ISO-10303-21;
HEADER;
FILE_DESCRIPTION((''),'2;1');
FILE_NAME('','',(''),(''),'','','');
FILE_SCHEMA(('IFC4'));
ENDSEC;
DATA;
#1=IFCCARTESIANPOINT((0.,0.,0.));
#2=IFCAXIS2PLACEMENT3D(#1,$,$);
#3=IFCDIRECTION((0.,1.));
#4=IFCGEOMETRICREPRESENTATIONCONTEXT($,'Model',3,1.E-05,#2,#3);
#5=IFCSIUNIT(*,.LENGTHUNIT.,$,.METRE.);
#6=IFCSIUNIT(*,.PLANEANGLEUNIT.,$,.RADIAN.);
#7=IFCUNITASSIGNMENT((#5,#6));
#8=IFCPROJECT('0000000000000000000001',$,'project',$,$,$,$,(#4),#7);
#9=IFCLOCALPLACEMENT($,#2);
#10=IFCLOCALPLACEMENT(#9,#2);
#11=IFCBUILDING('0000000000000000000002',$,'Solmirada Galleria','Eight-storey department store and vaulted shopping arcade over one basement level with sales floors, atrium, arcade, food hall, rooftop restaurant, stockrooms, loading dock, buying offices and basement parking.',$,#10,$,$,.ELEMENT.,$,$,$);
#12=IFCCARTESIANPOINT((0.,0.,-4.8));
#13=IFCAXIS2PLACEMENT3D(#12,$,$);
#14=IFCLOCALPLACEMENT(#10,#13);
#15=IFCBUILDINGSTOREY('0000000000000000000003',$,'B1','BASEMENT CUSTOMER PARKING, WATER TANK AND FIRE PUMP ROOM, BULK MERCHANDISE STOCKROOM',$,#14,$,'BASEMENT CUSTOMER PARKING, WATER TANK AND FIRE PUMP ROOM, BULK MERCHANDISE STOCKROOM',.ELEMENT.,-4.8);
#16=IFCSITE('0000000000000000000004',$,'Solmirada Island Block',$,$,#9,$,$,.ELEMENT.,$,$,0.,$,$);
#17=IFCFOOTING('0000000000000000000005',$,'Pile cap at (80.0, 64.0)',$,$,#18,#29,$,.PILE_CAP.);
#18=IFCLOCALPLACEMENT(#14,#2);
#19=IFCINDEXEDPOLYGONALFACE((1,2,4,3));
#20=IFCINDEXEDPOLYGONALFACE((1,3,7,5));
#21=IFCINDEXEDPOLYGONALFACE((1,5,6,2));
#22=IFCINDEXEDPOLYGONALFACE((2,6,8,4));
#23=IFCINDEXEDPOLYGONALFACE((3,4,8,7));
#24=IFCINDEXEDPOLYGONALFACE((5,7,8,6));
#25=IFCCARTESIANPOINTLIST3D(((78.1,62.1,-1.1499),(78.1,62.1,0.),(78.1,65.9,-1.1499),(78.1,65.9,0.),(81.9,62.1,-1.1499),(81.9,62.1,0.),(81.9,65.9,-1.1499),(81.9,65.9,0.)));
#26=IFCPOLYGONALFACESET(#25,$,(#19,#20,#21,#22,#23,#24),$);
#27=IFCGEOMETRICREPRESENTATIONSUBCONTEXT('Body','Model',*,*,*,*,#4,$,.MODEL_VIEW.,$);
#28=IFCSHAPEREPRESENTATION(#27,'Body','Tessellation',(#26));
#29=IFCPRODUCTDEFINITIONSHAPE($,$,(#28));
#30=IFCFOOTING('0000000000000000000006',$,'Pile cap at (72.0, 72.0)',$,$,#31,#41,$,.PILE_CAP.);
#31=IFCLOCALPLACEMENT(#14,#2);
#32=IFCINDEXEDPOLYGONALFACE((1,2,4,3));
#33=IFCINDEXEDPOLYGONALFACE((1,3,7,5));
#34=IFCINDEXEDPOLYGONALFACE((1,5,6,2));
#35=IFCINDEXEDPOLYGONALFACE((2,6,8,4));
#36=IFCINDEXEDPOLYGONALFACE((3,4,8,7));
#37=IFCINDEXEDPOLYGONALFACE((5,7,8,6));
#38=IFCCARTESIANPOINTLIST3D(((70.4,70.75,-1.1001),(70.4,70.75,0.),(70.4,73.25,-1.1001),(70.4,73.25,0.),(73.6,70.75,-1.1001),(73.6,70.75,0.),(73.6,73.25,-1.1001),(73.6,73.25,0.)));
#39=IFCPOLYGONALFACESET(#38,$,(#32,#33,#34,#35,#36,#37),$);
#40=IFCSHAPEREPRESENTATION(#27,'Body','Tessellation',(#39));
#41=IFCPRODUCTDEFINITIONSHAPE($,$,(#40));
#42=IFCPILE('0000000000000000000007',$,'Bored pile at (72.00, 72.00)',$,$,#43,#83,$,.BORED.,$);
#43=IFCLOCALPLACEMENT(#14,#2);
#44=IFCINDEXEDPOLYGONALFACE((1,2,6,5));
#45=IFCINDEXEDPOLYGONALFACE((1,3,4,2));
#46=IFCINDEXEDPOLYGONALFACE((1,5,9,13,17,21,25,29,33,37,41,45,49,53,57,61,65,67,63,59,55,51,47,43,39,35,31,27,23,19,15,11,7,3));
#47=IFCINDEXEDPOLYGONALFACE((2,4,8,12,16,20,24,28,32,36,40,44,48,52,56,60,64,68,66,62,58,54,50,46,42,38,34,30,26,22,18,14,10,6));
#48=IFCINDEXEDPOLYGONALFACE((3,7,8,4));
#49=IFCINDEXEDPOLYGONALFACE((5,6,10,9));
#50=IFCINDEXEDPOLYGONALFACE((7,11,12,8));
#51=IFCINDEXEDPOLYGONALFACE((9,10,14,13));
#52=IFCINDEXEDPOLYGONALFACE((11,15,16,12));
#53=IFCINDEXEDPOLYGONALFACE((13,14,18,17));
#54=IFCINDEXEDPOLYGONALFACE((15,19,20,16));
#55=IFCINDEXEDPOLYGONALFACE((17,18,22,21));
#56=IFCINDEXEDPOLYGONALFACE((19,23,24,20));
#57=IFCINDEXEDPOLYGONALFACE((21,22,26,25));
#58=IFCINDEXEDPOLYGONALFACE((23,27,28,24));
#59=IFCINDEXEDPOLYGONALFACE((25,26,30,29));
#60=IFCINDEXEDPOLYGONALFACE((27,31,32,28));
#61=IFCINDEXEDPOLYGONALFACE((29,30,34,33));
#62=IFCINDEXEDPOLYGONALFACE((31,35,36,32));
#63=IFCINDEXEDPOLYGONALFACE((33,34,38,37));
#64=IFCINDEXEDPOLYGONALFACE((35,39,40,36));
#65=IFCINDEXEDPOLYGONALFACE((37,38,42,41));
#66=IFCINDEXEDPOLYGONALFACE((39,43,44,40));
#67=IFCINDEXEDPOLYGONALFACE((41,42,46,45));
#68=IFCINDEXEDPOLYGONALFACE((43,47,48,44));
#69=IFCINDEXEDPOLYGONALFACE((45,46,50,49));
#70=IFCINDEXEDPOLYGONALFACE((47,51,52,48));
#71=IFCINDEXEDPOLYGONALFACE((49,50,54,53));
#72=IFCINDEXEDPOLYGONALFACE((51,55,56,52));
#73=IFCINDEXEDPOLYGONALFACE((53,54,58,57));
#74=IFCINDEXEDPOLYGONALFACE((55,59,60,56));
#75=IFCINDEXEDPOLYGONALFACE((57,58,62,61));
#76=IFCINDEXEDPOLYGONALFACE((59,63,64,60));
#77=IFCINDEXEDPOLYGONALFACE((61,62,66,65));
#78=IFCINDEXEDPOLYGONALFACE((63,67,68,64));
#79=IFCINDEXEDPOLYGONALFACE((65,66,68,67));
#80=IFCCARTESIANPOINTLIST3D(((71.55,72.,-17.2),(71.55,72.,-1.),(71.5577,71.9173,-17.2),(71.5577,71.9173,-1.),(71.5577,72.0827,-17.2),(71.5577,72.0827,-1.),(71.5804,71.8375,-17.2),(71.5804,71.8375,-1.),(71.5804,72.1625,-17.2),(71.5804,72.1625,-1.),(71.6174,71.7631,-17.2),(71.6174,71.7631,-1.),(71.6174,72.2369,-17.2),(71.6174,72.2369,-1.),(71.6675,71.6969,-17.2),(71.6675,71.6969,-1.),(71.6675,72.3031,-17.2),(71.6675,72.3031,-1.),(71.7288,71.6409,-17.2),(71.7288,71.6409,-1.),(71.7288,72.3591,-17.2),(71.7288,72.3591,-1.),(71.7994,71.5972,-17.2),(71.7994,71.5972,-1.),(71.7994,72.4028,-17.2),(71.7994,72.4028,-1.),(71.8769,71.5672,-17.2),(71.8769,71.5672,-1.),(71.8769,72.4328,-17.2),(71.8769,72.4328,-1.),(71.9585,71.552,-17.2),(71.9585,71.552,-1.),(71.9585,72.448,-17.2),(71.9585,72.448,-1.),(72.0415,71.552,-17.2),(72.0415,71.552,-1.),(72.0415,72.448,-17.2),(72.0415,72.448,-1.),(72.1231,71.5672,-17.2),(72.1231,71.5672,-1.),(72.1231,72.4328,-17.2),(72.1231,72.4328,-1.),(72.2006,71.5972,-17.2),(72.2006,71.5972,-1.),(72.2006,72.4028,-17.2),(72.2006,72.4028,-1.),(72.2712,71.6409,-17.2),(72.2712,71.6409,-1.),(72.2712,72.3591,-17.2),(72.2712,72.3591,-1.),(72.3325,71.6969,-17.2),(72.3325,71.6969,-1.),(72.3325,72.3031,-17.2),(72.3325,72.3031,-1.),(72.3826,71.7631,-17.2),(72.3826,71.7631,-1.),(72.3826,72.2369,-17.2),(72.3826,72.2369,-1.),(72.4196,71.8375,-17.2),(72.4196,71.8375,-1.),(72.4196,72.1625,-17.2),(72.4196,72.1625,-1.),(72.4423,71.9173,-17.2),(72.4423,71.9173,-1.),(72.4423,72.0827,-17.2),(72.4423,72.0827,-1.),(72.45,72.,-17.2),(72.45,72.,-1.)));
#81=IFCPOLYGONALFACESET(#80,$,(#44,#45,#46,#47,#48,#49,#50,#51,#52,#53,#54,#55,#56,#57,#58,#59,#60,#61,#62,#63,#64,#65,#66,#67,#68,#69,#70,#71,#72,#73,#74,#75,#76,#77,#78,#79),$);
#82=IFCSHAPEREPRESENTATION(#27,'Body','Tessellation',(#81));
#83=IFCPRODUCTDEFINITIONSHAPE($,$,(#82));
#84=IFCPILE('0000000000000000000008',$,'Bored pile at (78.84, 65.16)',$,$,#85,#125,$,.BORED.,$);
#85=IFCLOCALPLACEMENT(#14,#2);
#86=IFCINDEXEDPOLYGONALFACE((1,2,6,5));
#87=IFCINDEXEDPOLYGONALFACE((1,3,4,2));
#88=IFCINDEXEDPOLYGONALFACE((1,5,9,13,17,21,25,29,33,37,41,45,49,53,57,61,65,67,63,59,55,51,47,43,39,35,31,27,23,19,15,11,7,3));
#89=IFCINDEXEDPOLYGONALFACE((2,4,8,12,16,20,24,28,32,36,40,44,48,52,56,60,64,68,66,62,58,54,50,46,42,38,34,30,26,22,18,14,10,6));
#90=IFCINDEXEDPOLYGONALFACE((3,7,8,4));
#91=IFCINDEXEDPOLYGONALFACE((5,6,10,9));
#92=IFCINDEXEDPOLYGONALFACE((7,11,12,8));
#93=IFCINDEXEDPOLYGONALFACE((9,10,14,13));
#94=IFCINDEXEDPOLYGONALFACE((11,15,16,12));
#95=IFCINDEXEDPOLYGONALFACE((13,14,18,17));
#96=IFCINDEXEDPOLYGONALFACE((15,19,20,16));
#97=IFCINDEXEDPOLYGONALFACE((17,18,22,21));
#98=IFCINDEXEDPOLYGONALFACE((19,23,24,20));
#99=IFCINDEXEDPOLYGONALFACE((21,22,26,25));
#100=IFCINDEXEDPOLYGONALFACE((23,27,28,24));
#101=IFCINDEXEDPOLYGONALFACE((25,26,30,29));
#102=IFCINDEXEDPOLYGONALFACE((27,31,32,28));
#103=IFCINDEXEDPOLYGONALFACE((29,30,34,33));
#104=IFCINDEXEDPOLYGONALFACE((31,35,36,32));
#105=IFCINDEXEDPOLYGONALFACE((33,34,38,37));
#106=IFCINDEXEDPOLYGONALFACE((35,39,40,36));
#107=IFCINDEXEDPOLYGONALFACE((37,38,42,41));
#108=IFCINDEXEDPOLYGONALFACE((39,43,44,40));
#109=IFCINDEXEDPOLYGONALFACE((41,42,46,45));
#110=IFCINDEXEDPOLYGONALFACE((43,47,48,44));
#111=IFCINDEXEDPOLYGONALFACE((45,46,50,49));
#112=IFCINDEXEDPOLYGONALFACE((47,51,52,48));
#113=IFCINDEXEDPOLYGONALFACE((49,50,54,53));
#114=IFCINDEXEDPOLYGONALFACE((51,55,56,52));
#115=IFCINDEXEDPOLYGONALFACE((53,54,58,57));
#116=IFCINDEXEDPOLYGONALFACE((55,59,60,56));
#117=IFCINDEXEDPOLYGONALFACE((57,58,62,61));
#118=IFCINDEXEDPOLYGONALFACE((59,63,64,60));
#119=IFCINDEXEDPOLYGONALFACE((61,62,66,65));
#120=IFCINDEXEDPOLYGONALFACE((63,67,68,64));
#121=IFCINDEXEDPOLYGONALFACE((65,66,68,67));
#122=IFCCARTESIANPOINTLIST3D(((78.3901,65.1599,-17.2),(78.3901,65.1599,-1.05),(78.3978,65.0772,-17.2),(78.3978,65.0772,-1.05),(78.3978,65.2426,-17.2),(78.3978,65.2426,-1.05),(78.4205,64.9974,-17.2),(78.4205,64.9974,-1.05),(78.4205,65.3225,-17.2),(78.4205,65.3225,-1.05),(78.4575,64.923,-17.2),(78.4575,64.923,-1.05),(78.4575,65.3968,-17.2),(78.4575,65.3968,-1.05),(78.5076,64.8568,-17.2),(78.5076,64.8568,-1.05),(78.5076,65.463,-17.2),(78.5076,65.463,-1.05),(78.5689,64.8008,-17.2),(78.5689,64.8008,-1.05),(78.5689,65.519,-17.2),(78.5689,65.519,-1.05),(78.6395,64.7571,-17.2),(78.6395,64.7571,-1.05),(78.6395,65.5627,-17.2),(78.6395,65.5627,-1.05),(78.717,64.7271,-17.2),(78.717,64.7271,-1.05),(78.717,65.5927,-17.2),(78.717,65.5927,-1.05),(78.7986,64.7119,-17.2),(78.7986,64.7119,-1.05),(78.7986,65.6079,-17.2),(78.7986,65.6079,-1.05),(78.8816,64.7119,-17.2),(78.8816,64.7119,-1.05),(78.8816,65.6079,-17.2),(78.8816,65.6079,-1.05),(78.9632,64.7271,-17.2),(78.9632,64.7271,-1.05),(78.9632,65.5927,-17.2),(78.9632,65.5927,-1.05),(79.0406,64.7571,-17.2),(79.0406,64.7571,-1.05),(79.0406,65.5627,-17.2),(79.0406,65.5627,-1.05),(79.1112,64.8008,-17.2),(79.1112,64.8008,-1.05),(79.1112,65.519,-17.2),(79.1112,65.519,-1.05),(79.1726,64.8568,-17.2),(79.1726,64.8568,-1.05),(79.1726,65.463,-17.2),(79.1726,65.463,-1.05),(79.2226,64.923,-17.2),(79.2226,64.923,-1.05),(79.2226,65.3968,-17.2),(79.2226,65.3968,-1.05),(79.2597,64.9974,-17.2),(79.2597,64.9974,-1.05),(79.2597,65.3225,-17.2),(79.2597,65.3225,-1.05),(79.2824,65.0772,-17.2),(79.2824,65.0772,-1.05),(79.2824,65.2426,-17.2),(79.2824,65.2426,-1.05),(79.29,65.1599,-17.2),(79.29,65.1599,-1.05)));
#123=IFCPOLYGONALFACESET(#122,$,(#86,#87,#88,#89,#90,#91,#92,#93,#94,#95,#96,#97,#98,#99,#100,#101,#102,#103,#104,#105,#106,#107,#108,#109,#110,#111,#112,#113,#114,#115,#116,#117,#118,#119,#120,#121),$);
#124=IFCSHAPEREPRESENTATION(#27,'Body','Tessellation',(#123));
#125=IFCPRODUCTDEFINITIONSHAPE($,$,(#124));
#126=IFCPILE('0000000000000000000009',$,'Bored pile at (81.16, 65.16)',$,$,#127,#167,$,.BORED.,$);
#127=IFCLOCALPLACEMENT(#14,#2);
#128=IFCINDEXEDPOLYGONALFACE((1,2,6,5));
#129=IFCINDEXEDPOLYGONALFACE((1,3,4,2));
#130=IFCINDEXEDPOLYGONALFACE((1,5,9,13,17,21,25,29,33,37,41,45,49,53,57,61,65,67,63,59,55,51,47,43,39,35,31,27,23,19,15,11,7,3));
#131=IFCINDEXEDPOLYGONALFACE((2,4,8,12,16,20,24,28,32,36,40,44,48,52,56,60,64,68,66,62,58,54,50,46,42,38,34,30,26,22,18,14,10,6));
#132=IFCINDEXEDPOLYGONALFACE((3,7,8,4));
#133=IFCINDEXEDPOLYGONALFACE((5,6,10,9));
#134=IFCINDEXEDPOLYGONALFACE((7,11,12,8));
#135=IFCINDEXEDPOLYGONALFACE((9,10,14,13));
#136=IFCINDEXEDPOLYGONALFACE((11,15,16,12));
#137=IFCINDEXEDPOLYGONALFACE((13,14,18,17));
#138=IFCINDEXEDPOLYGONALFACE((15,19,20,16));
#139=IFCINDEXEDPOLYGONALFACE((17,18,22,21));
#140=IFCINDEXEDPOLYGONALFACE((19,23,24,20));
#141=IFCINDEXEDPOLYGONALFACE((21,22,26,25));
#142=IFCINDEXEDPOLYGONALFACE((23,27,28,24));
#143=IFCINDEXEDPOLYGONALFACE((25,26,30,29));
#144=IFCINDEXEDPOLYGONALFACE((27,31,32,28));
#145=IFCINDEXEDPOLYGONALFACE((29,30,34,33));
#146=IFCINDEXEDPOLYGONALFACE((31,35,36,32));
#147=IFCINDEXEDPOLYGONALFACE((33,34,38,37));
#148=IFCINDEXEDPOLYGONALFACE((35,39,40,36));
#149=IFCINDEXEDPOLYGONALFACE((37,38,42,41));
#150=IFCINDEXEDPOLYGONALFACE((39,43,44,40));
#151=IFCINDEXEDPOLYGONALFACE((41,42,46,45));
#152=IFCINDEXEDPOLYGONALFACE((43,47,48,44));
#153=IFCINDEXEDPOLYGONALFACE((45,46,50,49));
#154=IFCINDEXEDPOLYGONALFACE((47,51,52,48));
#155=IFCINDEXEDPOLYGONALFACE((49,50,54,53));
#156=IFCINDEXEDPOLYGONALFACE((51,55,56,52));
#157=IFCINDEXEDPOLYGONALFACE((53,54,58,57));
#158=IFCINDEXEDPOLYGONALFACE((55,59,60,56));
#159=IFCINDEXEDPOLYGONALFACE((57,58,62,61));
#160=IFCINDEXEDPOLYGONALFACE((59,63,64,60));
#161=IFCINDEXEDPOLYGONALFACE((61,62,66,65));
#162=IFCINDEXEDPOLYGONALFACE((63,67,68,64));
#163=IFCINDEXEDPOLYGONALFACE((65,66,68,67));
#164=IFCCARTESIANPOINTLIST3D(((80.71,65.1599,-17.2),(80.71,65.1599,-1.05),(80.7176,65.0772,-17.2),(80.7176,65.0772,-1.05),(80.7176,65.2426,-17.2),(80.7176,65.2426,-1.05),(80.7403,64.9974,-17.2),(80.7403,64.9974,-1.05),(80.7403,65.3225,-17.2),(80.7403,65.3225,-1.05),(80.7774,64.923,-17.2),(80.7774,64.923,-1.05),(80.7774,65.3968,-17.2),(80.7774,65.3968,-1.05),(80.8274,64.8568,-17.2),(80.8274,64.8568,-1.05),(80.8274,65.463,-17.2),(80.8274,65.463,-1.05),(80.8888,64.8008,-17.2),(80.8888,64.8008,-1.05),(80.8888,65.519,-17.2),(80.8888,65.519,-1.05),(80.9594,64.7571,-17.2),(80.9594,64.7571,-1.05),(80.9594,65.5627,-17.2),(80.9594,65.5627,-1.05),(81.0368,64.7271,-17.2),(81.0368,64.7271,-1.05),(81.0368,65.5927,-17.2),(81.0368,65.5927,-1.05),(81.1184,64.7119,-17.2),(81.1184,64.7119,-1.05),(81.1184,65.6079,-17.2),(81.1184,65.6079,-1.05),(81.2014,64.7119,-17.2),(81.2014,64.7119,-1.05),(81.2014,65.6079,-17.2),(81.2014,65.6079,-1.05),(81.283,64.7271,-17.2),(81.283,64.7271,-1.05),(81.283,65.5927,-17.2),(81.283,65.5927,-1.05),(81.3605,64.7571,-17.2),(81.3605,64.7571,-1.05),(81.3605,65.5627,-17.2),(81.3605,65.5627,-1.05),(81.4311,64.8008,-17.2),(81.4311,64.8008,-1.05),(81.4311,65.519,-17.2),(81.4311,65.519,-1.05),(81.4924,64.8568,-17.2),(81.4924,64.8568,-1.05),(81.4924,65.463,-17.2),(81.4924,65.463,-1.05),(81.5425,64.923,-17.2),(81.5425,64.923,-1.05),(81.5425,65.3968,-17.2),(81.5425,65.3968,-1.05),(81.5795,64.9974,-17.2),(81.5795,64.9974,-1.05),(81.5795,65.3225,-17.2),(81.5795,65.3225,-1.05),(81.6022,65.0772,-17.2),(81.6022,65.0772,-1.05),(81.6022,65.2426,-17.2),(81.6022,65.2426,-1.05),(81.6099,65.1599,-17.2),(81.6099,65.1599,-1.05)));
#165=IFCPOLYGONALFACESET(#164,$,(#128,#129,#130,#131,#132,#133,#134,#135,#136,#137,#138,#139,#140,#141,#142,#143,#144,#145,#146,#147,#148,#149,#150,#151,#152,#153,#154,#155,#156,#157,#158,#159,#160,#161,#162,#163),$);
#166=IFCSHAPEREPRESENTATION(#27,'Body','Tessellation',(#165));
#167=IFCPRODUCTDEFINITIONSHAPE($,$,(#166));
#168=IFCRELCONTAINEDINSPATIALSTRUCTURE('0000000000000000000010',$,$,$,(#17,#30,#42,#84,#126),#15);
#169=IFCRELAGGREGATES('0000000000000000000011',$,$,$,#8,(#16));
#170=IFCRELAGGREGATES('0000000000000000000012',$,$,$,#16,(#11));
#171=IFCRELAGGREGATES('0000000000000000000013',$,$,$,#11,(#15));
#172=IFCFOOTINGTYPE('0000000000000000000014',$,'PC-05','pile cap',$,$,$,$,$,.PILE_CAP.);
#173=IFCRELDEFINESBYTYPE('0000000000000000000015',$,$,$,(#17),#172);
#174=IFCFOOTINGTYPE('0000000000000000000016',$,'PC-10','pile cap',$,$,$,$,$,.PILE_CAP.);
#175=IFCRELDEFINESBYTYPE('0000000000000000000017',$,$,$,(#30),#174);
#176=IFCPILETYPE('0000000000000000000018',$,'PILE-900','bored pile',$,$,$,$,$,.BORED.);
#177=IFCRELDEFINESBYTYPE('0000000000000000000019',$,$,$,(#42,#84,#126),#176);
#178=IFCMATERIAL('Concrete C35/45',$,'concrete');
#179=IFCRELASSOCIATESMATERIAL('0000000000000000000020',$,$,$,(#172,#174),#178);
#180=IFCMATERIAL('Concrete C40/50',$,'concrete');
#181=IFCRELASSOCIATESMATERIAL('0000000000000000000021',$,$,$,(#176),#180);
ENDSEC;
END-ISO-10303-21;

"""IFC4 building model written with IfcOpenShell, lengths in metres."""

from ifc_helpers import new_model, si_unit, direction, frame, origin, origin_2d, place, context, subcontext, project, spatial, rectangle, circle, extrude, material, material_profile, profile_set, type_object, element, save


model = new_model("IFC4")

# Units and contexts
model_context = context("Model", 3, precision=1e-05, world=origin(), true_north=direction((0.0, 1.0)))
body_context = subcontext(model_context, "Body", "Model", "MODEL_VIEW")
ifc_project = project(units=[si_unit("LENGTHUNIT", "METRE"), si_unit("PLANEANGLEUNIT", "RADIAN")], contexts=[model_context])

# Site, building, storey
site_placement = place(None, origin())
site = spatial("IfcSite", under=ifc_project, at=site_placement, Name="Solmirada Island Block", CompositionType="ELEMENT", RefElevation=0.0)
building_placement = place(site_placement, origin())
building = spatial("IfcBuilding", under=site, at=building_placement, Name="Solmirada Galleria", Description="Eight-storey department store and vaulted shopping arcade over one basement level with sales floors, atrium, arcade, food hall, rooftop restaurant, stockrooms, loading dock, buying offices and basement parking.", CompositionType="ELEMENT")
storey_placement = place(building_placement, frame((0.0, 0.0, -4.8)))
storey = spatial("IfcBuildingStorey", under=building, at=storey_placement, Name="B1", Description="BASEMENT CUSTOMER PARKING, WATER TANK AND FIRE PUMP ROOM, BULK MERCHANDISE STOCKROOM", LongName="BASEMENT CUSTOMER PARKING, WATER TANK AND FIRE PUMP ROOM, BULK MERCHANDISE STOCKROOM", CompositionType="ELEMENT", Elevation=-4.8)

# Footings
ifc_material_1 = material(Name="Concrete C35/45", Category="concrete")
footing_type_1 = type_object("IfcFootingType", Name="PC-05", Description="pile cap", PredefinedType="PILE_CAP", material=ifc_material_1)
footing_1_placement = place(storey_placement, frame((80.0, 64.0, -1.1499), z_axis=(0.0, 0.0, 1.0), x_axis=(1.0, 0.0, 0.0)))
element("IfcFooting", 1, at=footing_1_placement, inside=storey, type_object=footing_type_1, Name="Pile cap at (80.0, 64.0)", PredefinedType="PILE_CAP", context=body_context, shape_type="SweptSolid", body=[
    extrude(rectangle(XDim=3.8, YDim=3.8, at=origin_2d()), origin(), (0.0, 0.0, 1.0), 1.1499),
])
footing_type_2 = type_object("IfcFootingType", Name="PC-10", Description="pile cap", PredefinedType="PILE_CAP", material=ifc_material_1)
footing_2_placement = place(storey_placement, frame((72.0, 72.0, -1.1001), z_axis=(0.0, 0.0, 1.0), x_axis=(1.0, 0.0, 0.0)))
element("IfcFooting", 2, at=footing_2_placement, inside=storey, type_object=footing_type_2, Name="Pile cap at (72.0, 72.0)", PredefinedType="PILE_CAP", context=body_context, shape_type="SweptSolid", body=[
    extrude(rectangle(XDim=3.2, YDim=2.5, at=origin_2d()), origin(), (0.0, 0.0, 1.0), 1.1001),
])

# Piles
ifc_material_2 = material(Name="Concrete C40/50", Category="concrete")
ifc_material_profile_1 = material_profile(ifc_material_2, circle(Radius=0.45, at=origin_2d()), Name="PILE900")
ifc_profile_set_1 = profile_set([ifc_material_profile_1], Name="Concrete C40/50")
pile_type = type_object("IfcPileType", Name="PILE-900", Description="bored pile", PredefinedType="BORED", material=ifc_profile_set_1)
pile_1_placement = place(storey_placement, frame((72.0, 72.0, -1.0), z_axis=(0.0, 0.0, -1.0), x_axis=(1.0, 0.0, 0.0)))
element("IfcPile", 3, at=pile_1_placement, inside=storey, type_object=pile_type, Name="Bored pile at (72.00, 72.00)", PredefinedType="BORED", context=body_context, shape_type="SweptSolid", body=[
    extrude(circle(Radius=0.45, at=origin_2d()), origin(), (0.0, 0.0, 1.0), 16.2),
])
for number, where, z_axis, x_axis, name in (
    (4, (78.8401, 65.1599, -1.05), (0.0, 0.0, -1.0), (1.0, 0.0, 0.0), "Bored pile at (78.84, 65.16)"),
    (5, (81.1599, 65.1599, -1.05), (0.0, 0.0, -1.0), (1.0, 0.0, 0.0), "Bored pile at (81.16, 65.16)"),
):
    element("IfcPile", number, at=place(storey_placement, frame(where, z_axis=z_axis, x_axis=x_axis)), inside=storey, type_object=pile_type, Name=name, PredefinedType="BORED", context=body_context, shape_type="SweptSolid", body=[
        extrude(circle(Radius=0.45, at=origin_2d()), origin(), (0.0, 0.0, 1.0), 16.1499),
    ])

save(model, "model.ifc")
